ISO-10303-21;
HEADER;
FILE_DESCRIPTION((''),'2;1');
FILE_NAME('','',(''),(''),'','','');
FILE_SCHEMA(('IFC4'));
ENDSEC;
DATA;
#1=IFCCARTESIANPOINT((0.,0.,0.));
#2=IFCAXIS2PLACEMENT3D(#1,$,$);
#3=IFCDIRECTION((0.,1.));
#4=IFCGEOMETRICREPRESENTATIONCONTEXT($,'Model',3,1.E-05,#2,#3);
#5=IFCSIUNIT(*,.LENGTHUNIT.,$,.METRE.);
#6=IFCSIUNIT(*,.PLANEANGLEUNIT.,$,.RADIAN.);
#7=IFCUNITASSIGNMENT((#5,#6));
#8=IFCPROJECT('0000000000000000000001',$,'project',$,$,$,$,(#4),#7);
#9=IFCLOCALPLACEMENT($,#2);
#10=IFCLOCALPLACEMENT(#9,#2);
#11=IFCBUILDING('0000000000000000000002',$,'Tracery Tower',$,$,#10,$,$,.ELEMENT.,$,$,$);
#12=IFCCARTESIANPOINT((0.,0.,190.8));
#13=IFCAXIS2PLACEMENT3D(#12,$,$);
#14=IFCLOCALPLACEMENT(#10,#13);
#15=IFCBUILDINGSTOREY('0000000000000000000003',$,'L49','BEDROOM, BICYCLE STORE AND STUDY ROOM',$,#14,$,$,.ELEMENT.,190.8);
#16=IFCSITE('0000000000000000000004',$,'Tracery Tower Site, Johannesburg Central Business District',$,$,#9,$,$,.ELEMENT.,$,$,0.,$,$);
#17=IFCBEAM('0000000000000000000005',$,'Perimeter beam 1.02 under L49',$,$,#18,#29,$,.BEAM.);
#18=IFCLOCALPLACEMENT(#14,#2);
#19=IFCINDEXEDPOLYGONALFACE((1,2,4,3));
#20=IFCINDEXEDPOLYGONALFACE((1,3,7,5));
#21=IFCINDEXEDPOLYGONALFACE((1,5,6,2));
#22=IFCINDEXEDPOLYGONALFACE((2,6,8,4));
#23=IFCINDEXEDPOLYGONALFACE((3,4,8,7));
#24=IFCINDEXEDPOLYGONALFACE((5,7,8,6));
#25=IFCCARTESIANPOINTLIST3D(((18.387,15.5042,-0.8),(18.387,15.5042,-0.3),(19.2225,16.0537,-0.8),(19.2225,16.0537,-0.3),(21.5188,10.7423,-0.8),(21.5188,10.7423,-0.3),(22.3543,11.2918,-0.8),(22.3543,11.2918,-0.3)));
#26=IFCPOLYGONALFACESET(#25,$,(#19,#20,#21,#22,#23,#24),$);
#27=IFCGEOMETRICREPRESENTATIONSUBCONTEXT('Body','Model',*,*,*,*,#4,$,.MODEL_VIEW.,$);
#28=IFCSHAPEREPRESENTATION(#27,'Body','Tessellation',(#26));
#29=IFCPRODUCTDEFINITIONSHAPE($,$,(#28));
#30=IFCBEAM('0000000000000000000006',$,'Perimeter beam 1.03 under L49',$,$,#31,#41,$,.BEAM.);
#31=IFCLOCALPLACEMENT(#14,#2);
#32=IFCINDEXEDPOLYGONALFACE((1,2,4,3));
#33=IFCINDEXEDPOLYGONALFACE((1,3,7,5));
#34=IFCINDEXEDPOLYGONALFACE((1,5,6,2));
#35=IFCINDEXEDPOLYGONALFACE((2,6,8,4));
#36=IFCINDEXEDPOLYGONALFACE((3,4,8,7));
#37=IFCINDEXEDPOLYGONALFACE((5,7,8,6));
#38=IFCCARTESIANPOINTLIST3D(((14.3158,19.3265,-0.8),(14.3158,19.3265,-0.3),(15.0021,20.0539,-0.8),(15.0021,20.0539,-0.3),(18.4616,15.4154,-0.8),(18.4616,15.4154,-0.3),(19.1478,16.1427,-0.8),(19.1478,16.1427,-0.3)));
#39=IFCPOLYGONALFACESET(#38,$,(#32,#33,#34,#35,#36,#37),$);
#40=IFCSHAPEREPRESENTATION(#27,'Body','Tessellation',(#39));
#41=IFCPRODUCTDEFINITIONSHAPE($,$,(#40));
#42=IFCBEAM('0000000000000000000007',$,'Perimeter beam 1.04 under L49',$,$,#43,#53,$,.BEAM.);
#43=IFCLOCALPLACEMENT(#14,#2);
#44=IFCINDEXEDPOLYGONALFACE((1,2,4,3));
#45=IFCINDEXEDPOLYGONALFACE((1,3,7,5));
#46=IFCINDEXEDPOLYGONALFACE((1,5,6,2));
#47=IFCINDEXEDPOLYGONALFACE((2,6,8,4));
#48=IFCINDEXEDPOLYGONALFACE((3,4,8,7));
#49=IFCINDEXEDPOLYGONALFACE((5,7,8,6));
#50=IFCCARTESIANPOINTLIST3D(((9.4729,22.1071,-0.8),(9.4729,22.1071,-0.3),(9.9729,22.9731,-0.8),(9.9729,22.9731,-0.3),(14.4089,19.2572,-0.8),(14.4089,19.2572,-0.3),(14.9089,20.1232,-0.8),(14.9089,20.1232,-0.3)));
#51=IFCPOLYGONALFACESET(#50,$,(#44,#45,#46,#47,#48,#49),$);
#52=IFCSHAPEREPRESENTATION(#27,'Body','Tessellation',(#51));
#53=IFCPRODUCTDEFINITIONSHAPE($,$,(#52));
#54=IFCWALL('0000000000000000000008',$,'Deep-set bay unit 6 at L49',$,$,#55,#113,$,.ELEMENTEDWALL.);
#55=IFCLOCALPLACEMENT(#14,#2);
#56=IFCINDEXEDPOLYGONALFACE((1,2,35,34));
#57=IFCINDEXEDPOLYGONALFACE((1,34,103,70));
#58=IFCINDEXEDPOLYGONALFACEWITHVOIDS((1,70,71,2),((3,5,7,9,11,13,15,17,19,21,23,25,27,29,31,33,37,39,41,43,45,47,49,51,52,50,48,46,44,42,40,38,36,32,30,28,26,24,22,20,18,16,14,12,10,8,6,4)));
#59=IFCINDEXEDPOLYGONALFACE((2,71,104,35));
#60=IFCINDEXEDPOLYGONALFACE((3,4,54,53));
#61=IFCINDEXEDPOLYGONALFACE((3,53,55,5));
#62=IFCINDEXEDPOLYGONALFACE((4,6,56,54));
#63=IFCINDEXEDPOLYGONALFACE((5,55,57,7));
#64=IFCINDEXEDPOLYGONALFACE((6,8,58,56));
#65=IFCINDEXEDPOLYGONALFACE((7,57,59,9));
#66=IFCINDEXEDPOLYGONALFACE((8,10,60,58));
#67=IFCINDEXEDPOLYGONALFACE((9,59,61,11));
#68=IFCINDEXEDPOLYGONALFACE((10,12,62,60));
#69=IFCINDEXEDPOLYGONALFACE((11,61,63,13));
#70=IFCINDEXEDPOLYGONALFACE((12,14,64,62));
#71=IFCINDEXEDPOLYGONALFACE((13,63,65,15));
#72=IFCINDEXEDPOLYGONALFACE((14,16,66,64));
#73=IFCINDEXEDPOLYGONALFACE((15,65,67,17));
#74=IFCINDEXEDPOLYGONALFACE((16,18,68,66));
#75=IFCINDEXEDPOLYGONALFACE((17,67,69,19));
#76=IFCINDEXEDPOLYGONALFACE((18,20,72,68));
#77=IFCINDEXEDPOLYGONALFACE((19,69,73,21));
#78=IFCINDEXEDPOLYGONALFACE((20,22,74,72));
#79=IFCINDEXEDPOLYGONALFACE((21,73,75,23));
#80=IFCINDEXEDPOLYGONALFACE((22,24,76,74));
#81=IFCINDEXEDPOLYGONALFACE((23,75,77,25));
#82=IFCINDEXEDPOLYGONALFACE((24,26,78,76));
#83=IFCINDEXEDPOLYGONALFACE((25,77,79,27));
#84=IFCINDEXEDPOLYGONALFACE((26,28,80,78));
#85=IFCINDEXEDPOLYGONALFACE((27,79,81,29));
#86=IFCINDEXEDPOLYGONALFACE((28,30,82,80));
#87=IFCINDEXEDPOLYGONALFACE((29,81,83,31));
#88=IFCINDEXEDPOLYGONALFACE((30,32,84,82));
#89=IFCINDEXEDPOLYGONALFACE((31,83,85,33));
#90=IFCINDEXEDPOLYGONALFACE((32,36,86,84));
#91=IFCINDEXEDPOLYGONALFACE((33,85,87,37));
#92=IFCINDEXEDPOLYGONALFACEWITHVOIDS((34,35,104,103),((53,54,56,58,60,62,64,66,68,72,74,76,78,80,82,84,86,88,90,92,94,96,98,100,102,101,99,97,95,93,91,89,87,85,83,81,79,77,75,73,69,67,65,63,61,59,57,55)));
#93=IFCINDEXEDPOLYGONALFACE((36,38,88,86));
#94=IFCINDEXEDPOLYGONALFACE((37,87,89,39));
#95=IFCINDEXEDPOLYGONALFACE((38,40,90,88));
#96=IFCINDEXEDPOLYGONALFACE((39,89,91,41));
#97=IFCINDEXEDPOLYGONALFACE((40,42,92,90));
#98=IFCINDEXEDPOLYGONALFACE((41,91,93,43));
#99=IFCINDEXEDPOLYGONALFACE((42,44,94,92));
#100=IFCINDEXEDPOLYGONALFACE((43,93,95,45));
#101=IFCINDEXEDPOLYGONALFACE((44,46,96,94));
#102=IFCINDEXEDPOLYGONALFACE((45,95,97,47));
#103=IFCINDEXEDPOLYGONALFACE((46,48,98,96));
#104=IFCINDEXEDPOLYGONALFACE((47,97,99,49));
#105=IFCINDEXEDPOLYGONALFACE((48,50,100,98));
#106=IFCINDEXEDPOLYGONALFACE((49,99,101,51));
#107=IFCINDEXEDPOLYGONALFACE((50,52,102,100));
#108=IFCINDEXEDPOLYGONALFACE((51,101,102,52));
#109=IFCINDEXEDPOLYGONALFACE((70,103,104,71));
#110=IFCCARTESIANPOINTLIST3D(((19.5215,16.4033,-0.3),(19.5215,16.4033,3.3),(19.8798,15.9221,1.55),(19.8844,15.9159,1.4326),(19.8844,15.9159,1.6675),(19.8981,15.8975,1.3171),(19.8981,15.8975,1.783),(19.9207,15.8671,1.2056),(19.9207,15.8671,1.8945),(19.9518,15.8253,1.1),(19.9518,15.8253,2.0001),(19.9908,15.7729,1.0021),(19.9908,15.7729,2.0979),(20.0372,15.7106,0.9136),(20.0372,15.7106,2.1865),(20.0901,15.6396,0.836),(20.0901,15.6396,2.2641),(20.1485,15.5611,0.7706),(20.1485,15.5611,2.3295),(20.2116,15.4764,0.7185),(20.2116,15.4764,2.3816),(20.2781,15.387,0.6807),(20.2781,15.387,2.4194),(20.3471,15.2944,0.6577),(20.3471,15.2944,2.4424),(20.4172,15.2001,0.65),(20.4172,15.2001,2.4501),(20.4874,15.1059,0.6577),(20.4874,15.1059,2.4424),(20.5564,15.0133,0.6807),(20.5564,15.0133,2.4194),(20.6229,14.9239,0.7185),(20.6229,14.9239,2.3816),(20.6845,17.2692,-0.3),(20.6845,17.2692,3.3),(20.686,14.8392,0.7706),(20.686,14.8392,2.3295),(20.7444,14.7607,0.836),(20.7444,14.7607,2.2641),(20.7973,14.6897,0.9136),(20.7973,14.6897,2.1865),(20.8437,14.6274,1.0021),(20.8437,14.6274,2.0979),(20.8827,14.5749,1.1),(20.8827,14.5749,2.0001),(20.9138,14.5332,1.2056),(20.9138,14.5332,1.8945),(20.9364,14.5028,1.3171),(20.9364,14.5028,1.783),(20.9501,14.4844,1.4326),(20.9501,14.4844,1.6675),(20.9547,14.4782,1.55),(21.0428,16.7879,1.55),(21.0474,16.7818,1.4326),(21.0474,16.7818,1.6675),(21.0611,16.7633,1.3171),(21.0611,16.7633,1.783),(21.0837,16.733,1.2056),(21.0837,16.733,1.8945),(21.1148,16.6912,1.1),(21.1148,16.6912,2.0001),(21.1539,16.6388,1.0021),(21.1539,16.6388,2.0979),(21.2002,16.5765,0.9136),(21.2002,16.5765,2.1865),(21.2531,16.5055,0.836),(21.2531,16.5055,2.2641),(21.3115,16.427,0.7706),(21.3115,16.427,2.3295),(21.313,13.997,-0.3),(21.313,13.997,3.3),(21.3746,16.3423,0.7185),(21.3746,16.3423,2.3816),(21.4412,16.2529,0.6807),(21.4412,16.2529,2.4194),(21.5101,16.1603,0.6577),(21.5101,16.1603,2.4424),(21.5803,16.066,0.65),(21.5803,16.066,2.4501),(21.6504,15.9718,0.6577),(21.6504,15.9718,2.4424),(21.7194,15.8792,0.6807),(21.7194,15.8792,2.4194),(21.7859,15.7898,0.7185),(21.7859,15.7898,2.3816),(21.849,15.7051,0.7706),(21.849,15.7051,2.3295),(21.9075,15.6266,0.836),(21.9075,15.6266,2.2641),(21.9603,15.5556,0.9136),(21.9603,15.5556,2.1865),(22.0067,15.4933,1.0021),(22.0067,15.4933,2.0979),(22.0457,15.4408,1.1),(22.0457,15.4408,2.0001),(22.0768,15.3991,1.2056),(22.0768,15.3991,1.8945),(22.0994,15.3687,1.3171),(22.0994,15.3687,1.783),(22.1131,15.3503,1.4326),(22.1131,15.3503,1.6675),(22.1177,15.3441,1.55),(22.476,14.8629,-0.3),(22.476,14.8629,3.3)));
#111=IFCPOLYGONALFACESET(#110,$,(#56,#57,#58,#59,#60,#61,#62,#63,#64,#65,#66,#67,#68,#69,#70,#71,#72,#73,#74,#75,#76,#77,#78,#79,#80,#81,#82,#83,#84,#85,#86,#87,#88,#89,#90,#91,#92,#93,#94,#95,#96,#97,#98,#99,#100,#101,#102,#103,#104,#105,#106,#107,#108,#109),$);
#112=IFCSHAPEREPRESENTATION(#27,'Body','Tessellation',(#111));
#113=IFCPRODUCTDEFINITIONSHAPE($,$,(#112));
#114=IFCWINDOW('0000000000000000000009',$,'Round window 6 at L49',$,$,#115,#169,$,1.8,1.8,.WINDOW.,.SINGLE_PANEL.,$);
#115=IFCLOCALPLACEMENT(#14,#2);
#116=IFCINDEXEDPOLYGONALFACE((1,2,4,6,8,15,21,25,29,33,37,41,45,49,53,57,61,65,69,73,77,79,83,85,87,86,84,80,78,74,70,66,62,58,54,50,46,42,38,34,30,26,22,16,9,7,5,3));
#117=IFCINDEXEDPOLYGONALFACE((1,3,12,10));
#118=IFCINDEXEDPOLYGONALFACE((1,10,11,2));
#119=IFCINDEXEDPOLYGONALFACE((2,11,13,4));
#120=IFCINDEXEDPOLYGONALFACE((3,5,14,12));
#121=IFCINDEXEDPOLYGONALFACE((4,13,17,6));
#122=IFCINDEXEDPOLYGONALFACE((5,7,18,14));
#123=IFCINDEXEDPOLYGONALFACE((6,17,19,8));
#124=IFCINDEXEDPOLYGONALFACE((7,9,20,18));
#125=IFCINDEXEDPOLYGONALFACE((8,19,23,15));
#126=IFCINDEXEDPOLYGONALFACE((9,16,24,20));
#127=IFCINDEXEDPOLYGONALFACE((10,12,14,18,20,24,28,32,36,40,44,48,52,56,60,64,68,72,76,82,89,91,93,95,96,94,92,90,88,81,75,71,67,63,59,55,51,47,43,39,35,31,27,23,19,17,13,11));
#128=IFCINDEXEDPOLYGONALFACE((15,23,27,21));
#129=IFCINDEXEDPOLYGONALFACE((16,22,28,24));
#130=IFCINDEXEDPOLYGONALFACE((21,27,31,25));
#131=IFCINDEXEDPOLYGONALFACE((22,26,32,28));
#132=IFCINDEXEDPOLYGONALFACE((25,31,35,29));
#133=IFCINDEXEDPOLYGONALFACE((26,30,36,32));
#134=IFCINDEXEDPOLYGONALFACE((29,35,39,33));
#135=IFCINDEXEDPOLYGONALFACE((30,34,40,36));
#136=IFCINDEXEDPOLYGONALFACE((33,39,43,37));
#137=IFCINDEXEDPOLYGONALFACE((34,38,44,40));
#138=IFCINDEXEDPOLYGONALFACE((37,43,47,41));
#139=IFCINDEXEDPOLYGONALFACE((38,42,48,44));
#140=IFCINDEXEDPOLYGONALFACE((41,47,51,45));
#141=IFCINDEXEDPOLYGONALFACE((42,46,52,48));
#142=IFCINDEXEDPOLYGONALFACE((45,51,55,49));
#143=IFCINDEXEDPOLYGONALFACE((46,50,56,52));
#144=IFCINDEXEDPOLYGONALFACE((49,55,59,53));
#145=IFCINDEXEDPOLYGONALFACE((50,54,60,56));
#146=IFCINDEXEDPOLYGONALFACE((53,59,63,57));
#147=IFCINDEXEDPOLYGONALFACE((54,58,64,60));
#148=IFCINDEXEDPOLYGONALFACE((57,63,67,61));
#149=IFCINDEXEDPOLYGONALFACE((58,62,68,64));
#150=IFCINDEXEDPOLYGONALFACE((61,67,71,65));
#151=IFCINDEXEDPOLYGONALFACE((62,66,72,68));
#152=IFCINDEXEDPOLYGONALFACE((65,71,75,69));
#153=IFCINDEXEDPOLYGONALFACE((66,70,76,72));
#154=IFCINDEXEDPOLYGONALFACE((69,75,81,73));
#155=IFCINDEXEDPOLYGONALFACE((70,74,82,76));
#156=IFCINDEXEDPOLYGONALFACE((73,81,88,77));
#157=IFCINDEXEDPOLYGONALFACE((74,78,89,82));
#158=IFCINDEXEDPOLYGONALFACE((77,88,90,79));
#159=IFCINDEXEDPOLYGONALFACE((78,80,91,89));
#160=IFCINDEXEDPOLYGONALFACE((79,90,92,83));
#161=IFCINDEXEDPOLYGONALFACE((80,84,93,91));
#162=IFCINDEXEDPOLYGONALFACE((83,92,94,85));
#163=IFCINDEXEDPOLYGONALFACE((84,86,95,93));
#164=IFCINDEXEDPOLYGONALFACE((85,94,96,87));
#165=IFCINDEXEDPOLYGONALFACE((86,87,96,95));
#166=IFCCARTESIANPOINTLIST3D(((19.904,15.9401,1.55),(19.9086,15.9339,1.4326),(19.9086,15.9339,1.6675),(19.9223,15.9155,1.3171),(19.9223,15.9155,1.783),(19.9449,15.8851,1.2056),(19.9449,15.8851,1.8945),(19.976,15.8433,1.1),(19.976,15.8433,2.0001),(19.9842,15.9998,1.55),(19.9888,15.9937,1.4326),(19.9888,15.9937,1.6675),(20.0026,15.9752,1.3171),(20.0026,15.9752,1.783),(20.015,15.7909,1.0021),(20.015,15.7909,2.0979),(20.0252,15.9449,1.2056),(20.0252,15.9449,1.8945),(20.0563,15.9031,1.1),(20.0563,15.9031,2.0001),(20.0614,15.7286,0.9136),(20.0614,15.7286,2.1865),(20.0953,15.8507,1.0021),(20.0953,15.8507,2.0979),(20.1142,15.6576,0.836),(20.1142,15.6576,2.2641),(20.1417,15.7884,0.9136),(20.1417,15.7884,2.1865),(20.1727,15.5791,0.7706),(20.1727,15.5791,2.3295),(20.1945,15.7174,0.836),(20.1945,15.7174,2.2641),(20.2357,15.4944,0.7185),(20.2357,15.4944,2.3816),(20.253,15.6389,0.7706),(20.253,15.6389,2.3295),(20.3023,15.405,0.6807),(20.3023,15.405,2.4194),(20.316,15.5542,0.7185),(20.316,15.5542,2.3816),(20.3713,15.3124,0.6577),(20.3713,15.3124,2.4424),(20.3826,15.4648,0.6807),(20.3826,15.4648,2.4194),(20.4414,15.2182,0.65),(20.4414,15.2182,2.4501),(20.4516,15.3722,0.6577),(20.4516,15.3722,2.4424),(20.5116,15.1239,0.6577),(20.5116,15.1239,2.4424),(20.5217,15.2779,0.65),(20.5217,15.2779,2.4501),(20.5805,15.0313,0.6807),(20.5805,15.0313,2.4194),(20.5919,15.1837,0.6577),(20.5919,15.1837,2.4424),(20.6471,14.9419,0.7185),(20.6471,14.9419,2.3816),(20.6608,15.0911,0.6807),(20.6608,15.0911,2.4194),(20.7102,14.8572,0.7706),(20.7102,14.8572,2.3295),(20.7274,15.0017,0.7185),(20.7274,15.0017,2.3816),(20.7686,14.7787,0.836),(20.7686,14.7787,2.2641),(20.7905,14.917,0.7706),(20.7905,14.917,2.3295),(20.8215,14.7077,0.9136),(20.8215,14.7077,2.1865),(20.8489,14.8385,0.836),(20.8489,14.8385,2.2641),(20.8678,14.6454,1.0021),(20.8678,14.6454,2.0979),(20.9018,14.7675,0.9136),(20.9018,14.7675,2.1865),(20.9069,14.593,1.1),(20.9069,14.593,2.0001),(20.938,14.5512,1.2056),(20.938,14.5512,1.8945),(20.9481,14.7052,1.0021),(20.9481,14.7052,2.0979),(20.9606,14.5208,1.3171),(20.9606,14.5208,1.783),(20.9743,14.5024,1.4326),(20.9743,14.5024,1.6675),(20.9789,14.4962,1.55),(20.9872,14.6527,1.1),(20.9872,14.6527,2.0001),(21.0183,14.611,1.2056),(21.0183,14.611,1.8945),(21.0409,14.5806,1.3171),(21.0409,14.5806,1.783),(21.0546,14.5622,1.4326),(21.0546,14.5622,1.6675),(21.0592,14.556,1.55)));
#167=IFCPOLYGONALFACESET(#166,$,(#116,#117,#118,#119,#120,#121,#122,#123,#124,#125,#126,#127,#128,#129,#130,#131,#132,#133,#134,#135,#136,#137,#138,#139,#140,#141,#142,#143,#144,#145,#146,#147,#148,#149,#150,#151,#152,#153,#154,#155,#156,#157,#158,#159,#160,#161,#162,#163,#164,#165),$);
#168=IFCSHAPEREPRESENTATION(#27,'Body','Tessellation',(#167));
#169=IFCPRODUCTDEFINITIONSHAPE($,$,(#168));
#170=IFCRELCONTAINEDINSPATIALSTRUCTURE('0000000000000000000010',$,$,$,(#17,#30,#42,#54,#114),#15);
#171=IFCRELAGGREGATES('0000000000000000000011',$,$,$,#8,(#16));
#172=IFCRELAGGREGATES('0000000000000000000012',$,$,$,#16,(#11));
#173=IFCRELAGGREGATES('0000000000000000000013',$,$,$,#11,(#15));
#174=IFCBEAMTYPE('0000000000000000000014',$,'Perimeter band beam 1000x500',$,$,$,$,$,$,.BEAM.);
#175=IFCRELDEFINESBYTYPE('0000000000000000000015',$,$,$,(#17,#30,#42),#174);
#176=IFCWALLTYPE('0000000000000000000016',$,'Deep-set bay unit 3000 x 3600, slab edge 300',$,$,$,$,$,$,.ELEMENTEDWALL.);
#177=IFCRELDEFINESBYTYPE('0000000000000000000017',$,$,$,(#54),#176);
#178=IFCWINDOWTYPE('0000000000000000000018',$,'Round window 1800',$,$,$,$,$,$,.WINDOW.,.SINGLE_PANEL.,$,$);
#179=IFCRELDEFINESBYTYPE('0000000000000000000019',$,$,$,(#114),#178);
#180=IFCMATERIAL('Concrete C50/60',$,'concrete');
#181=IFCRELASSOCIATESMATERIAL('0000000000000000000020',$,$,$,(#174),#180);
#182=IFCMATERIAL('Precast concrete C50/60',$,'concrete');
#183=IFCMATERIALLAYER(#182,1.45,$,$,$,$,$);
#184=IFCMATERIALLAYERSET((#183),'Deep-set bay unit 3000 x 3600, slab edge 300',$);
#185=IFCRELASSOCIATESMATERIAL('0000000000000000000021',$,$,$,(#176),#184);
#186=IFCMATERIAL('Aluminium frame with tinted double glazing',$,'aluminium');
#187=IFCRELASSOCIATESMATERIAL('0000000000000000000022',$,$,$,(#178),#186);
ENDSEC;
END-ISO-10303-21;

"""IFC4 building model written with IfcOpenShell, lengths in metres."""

from ifc_helpers import new_model, si_unit, direction, frame, frame_2d, origin, origin_2d, place, context, subcontext, project, spatial, rectangle, circle, extrude, material, layer, layer_set, material_profile, profile_set, type_object, element, fill, save


model = new_model("IFC4")

# Units and contexts
model_context = context("Model", 3, precision=1e-05, world=origin(), true_north=direction((0.0, 1.0)))
body_context = subcontext(model_context, "Body", "Model", "MODEL_VIEW")
ifc_project = project(units=[si_unit("LENGTHUNIT", "METRE"), si_unit("PLANEANGLEUNIT", "RADIAN")], contexts=[model_context])

# Site, building, storey
site_placement = place(None, origin())
site = spatial("IfcSite", under=ifc_project, at=site_placement, Name="Tracery Tower Site, Johannesburg Central Business District", CompositionType="ELEMENT", RefElevation=0.0)
building_placement = place(site_placement, origin())
building = spatial("IfcBuilding", under=site, at=building_placement, Name="Tracery Tower", CompositionType="ELEMENT")
storey_placement = place(building_placement, frame((0.0, 0.0, 190.8)))
storey = spatial("IfcBuildingStorey", under=building, at=storey_placement, Name="L49", Description="BEDROOM, BICYCLE STORE AND STUDY ROOM", CompositionType="ELEMENT", Elevation=190.8)

# Beams
ifc_material_1 = material(Name="Concrete C50/60", Category="concrete")
ifc_material_profile_1 = material_profile(ifc_material_1, rectangle(XDim=1.0, YDim=0.5, at=origin_2d()), Name="RC 1000x500")
ifc_profile_set_1 = profile_set([ifc_material_profile_1], Name="Concrete C50/60")
beam_type = type_object("IfcBeamType", Name="Perimeter band beam 1000x500", PredefinedType="BEAM", material=ifc_profile_set_1)
for number, where, z_axis, x_axis, name in (
    (1, (21.9365, 11.0171, -0.55), (-0.54949, 0.8355, 0.0), (-0.8355, -0.54949, 0.0), "Perimeter beam 1.02 under L49"),
    (2, (18.8047, 15.7791, -0.55), (-0.72739, 0.686225, 0.0), (-0.686225, -0.72739, 0.0), "Perimeter beam 1.03 under L49"),
):
    element("IfcBeam", number, at=place(storey_placement, frame(where, z_axis=z_axis, x_axis=x_axis)), inside=storey, type_object=beam_type, Name=name, PredefinedType="BEAM", context=body_context, shape_type="SweptSolid", body=[
        extrude(rectangle(XDim=1.0, YDim=0.5, at=origin_2d()), origin(), (0.0, 0.0, 1.0), 5.6995),
    ])
beam_placement = place(storey_placement, frame((14.6589, 19.6902, -0.55), z_axis=(-0.866023, 0.500004, 0.0), x_axis=(-0.500004, -0.866023, 0.0)))
element("IfcBeam", 3, at=beam_placement, inside=storey, type_object=beam_type, Name="Perimeter beam 1.04 under L49", PredefinedType="BEAM", context=body_context, shape_type="SweptSolid", body=[
    extrude(rectangle(XDim=1.0, YDim=0.5, at=origin_2d()), origin(), (0.0, 0.0, 1.0), 5.6997),
])

# Wall, opening, window
ifc_material_2 = material(Name="Precast concrete C50/60", Category="concrete")
ifc_layer_1 = layer(ifc_material_2, 1.45)
ifc_layer_set_1 = layer_set([ifc_layer_1], Name="Deep-set bay unit 3000 x 3600, slab edge 300")
wall_type_1 = type_object("IfcWallType", Name="Deep-set bay unit 3000 x 3600, slab edge 300", PredefinedType="ELEMENTEDWALL", material=ifc_layer_set_1)
wall_1_placement = place(storey_placement, frame((21.8945, 14.4299, -0.3), z_axis=(0.0, 0.0, 1.0), x_axis=(-0.597184, 0.802104, 0.0)))
wall_1 = element("IfcWall", 4, at=wall_1_placement, inside=storey, type_object=wall_type_1, Name="Deep-set bay unit 6 at L49", PredefinedType="ELEMENTEDWALL", context=body_context, shape_type="SweptSolid", body=[
    extrude(rectangle(XDim=3.0, YDim=1.45, at=frame_2d((1.5, 0.0))), origin(), (0.0, 0.0, 1.0), 3.6001),
])
opening_1_placement = place(wall_1_placement, frame((1.5, 0.0, 1.8501)))
opening_1 = element("IfcOpeningElement", 5, at=opening_1_placement, cuts=wall_1, PredefinedType="OPENING", context=body_context, shape_type="SweptSolid", body=[
    extrude(circle(Radius=0.9, at=origin_2d()), frame((0.0, 0.7349, 0.0), z_axis=(0.0, -1.0, 0.0), x_axis=(1.0, 0.0, 0.0)), (0.0, 0.0, 1.0), 1.47),
])
ifc_material_3 = material(Name="Aluminium frame with tinted double glazing", Category="aluminium")
window_type = type_object("IfcWindowType", Name="Round window 1800", PartitioningType="SINGLE_PANEL", PredefinedType="WINDOW", material=ifc_material_3)
window_1_placement = place(opening_1_placement, origin())
window_1 = element("IfcWindow", 6, at=window_1_placement, inside=storey, type_object=window_type, Name="Round window 6 at L49", OverallHeight=1.8, OverallWidth=1.8, PartitioningType="SINGLE_PANEL", PredefinedType="WINDOW", context=body_context, shape_type="SweptSolid", body=[
    extrude(circle(Radius=0.9, at=origin_2d()), frame((0.0, 0.6948, 0.0), z_axis=(0.0, -1.0, 0.0), x_axis=(1.0, 0.0, 0.0)), (0.0, 0.0, 1.0), 0.1001),
])
fill(opening_1, window_1)

save(model, "model.ifc")
